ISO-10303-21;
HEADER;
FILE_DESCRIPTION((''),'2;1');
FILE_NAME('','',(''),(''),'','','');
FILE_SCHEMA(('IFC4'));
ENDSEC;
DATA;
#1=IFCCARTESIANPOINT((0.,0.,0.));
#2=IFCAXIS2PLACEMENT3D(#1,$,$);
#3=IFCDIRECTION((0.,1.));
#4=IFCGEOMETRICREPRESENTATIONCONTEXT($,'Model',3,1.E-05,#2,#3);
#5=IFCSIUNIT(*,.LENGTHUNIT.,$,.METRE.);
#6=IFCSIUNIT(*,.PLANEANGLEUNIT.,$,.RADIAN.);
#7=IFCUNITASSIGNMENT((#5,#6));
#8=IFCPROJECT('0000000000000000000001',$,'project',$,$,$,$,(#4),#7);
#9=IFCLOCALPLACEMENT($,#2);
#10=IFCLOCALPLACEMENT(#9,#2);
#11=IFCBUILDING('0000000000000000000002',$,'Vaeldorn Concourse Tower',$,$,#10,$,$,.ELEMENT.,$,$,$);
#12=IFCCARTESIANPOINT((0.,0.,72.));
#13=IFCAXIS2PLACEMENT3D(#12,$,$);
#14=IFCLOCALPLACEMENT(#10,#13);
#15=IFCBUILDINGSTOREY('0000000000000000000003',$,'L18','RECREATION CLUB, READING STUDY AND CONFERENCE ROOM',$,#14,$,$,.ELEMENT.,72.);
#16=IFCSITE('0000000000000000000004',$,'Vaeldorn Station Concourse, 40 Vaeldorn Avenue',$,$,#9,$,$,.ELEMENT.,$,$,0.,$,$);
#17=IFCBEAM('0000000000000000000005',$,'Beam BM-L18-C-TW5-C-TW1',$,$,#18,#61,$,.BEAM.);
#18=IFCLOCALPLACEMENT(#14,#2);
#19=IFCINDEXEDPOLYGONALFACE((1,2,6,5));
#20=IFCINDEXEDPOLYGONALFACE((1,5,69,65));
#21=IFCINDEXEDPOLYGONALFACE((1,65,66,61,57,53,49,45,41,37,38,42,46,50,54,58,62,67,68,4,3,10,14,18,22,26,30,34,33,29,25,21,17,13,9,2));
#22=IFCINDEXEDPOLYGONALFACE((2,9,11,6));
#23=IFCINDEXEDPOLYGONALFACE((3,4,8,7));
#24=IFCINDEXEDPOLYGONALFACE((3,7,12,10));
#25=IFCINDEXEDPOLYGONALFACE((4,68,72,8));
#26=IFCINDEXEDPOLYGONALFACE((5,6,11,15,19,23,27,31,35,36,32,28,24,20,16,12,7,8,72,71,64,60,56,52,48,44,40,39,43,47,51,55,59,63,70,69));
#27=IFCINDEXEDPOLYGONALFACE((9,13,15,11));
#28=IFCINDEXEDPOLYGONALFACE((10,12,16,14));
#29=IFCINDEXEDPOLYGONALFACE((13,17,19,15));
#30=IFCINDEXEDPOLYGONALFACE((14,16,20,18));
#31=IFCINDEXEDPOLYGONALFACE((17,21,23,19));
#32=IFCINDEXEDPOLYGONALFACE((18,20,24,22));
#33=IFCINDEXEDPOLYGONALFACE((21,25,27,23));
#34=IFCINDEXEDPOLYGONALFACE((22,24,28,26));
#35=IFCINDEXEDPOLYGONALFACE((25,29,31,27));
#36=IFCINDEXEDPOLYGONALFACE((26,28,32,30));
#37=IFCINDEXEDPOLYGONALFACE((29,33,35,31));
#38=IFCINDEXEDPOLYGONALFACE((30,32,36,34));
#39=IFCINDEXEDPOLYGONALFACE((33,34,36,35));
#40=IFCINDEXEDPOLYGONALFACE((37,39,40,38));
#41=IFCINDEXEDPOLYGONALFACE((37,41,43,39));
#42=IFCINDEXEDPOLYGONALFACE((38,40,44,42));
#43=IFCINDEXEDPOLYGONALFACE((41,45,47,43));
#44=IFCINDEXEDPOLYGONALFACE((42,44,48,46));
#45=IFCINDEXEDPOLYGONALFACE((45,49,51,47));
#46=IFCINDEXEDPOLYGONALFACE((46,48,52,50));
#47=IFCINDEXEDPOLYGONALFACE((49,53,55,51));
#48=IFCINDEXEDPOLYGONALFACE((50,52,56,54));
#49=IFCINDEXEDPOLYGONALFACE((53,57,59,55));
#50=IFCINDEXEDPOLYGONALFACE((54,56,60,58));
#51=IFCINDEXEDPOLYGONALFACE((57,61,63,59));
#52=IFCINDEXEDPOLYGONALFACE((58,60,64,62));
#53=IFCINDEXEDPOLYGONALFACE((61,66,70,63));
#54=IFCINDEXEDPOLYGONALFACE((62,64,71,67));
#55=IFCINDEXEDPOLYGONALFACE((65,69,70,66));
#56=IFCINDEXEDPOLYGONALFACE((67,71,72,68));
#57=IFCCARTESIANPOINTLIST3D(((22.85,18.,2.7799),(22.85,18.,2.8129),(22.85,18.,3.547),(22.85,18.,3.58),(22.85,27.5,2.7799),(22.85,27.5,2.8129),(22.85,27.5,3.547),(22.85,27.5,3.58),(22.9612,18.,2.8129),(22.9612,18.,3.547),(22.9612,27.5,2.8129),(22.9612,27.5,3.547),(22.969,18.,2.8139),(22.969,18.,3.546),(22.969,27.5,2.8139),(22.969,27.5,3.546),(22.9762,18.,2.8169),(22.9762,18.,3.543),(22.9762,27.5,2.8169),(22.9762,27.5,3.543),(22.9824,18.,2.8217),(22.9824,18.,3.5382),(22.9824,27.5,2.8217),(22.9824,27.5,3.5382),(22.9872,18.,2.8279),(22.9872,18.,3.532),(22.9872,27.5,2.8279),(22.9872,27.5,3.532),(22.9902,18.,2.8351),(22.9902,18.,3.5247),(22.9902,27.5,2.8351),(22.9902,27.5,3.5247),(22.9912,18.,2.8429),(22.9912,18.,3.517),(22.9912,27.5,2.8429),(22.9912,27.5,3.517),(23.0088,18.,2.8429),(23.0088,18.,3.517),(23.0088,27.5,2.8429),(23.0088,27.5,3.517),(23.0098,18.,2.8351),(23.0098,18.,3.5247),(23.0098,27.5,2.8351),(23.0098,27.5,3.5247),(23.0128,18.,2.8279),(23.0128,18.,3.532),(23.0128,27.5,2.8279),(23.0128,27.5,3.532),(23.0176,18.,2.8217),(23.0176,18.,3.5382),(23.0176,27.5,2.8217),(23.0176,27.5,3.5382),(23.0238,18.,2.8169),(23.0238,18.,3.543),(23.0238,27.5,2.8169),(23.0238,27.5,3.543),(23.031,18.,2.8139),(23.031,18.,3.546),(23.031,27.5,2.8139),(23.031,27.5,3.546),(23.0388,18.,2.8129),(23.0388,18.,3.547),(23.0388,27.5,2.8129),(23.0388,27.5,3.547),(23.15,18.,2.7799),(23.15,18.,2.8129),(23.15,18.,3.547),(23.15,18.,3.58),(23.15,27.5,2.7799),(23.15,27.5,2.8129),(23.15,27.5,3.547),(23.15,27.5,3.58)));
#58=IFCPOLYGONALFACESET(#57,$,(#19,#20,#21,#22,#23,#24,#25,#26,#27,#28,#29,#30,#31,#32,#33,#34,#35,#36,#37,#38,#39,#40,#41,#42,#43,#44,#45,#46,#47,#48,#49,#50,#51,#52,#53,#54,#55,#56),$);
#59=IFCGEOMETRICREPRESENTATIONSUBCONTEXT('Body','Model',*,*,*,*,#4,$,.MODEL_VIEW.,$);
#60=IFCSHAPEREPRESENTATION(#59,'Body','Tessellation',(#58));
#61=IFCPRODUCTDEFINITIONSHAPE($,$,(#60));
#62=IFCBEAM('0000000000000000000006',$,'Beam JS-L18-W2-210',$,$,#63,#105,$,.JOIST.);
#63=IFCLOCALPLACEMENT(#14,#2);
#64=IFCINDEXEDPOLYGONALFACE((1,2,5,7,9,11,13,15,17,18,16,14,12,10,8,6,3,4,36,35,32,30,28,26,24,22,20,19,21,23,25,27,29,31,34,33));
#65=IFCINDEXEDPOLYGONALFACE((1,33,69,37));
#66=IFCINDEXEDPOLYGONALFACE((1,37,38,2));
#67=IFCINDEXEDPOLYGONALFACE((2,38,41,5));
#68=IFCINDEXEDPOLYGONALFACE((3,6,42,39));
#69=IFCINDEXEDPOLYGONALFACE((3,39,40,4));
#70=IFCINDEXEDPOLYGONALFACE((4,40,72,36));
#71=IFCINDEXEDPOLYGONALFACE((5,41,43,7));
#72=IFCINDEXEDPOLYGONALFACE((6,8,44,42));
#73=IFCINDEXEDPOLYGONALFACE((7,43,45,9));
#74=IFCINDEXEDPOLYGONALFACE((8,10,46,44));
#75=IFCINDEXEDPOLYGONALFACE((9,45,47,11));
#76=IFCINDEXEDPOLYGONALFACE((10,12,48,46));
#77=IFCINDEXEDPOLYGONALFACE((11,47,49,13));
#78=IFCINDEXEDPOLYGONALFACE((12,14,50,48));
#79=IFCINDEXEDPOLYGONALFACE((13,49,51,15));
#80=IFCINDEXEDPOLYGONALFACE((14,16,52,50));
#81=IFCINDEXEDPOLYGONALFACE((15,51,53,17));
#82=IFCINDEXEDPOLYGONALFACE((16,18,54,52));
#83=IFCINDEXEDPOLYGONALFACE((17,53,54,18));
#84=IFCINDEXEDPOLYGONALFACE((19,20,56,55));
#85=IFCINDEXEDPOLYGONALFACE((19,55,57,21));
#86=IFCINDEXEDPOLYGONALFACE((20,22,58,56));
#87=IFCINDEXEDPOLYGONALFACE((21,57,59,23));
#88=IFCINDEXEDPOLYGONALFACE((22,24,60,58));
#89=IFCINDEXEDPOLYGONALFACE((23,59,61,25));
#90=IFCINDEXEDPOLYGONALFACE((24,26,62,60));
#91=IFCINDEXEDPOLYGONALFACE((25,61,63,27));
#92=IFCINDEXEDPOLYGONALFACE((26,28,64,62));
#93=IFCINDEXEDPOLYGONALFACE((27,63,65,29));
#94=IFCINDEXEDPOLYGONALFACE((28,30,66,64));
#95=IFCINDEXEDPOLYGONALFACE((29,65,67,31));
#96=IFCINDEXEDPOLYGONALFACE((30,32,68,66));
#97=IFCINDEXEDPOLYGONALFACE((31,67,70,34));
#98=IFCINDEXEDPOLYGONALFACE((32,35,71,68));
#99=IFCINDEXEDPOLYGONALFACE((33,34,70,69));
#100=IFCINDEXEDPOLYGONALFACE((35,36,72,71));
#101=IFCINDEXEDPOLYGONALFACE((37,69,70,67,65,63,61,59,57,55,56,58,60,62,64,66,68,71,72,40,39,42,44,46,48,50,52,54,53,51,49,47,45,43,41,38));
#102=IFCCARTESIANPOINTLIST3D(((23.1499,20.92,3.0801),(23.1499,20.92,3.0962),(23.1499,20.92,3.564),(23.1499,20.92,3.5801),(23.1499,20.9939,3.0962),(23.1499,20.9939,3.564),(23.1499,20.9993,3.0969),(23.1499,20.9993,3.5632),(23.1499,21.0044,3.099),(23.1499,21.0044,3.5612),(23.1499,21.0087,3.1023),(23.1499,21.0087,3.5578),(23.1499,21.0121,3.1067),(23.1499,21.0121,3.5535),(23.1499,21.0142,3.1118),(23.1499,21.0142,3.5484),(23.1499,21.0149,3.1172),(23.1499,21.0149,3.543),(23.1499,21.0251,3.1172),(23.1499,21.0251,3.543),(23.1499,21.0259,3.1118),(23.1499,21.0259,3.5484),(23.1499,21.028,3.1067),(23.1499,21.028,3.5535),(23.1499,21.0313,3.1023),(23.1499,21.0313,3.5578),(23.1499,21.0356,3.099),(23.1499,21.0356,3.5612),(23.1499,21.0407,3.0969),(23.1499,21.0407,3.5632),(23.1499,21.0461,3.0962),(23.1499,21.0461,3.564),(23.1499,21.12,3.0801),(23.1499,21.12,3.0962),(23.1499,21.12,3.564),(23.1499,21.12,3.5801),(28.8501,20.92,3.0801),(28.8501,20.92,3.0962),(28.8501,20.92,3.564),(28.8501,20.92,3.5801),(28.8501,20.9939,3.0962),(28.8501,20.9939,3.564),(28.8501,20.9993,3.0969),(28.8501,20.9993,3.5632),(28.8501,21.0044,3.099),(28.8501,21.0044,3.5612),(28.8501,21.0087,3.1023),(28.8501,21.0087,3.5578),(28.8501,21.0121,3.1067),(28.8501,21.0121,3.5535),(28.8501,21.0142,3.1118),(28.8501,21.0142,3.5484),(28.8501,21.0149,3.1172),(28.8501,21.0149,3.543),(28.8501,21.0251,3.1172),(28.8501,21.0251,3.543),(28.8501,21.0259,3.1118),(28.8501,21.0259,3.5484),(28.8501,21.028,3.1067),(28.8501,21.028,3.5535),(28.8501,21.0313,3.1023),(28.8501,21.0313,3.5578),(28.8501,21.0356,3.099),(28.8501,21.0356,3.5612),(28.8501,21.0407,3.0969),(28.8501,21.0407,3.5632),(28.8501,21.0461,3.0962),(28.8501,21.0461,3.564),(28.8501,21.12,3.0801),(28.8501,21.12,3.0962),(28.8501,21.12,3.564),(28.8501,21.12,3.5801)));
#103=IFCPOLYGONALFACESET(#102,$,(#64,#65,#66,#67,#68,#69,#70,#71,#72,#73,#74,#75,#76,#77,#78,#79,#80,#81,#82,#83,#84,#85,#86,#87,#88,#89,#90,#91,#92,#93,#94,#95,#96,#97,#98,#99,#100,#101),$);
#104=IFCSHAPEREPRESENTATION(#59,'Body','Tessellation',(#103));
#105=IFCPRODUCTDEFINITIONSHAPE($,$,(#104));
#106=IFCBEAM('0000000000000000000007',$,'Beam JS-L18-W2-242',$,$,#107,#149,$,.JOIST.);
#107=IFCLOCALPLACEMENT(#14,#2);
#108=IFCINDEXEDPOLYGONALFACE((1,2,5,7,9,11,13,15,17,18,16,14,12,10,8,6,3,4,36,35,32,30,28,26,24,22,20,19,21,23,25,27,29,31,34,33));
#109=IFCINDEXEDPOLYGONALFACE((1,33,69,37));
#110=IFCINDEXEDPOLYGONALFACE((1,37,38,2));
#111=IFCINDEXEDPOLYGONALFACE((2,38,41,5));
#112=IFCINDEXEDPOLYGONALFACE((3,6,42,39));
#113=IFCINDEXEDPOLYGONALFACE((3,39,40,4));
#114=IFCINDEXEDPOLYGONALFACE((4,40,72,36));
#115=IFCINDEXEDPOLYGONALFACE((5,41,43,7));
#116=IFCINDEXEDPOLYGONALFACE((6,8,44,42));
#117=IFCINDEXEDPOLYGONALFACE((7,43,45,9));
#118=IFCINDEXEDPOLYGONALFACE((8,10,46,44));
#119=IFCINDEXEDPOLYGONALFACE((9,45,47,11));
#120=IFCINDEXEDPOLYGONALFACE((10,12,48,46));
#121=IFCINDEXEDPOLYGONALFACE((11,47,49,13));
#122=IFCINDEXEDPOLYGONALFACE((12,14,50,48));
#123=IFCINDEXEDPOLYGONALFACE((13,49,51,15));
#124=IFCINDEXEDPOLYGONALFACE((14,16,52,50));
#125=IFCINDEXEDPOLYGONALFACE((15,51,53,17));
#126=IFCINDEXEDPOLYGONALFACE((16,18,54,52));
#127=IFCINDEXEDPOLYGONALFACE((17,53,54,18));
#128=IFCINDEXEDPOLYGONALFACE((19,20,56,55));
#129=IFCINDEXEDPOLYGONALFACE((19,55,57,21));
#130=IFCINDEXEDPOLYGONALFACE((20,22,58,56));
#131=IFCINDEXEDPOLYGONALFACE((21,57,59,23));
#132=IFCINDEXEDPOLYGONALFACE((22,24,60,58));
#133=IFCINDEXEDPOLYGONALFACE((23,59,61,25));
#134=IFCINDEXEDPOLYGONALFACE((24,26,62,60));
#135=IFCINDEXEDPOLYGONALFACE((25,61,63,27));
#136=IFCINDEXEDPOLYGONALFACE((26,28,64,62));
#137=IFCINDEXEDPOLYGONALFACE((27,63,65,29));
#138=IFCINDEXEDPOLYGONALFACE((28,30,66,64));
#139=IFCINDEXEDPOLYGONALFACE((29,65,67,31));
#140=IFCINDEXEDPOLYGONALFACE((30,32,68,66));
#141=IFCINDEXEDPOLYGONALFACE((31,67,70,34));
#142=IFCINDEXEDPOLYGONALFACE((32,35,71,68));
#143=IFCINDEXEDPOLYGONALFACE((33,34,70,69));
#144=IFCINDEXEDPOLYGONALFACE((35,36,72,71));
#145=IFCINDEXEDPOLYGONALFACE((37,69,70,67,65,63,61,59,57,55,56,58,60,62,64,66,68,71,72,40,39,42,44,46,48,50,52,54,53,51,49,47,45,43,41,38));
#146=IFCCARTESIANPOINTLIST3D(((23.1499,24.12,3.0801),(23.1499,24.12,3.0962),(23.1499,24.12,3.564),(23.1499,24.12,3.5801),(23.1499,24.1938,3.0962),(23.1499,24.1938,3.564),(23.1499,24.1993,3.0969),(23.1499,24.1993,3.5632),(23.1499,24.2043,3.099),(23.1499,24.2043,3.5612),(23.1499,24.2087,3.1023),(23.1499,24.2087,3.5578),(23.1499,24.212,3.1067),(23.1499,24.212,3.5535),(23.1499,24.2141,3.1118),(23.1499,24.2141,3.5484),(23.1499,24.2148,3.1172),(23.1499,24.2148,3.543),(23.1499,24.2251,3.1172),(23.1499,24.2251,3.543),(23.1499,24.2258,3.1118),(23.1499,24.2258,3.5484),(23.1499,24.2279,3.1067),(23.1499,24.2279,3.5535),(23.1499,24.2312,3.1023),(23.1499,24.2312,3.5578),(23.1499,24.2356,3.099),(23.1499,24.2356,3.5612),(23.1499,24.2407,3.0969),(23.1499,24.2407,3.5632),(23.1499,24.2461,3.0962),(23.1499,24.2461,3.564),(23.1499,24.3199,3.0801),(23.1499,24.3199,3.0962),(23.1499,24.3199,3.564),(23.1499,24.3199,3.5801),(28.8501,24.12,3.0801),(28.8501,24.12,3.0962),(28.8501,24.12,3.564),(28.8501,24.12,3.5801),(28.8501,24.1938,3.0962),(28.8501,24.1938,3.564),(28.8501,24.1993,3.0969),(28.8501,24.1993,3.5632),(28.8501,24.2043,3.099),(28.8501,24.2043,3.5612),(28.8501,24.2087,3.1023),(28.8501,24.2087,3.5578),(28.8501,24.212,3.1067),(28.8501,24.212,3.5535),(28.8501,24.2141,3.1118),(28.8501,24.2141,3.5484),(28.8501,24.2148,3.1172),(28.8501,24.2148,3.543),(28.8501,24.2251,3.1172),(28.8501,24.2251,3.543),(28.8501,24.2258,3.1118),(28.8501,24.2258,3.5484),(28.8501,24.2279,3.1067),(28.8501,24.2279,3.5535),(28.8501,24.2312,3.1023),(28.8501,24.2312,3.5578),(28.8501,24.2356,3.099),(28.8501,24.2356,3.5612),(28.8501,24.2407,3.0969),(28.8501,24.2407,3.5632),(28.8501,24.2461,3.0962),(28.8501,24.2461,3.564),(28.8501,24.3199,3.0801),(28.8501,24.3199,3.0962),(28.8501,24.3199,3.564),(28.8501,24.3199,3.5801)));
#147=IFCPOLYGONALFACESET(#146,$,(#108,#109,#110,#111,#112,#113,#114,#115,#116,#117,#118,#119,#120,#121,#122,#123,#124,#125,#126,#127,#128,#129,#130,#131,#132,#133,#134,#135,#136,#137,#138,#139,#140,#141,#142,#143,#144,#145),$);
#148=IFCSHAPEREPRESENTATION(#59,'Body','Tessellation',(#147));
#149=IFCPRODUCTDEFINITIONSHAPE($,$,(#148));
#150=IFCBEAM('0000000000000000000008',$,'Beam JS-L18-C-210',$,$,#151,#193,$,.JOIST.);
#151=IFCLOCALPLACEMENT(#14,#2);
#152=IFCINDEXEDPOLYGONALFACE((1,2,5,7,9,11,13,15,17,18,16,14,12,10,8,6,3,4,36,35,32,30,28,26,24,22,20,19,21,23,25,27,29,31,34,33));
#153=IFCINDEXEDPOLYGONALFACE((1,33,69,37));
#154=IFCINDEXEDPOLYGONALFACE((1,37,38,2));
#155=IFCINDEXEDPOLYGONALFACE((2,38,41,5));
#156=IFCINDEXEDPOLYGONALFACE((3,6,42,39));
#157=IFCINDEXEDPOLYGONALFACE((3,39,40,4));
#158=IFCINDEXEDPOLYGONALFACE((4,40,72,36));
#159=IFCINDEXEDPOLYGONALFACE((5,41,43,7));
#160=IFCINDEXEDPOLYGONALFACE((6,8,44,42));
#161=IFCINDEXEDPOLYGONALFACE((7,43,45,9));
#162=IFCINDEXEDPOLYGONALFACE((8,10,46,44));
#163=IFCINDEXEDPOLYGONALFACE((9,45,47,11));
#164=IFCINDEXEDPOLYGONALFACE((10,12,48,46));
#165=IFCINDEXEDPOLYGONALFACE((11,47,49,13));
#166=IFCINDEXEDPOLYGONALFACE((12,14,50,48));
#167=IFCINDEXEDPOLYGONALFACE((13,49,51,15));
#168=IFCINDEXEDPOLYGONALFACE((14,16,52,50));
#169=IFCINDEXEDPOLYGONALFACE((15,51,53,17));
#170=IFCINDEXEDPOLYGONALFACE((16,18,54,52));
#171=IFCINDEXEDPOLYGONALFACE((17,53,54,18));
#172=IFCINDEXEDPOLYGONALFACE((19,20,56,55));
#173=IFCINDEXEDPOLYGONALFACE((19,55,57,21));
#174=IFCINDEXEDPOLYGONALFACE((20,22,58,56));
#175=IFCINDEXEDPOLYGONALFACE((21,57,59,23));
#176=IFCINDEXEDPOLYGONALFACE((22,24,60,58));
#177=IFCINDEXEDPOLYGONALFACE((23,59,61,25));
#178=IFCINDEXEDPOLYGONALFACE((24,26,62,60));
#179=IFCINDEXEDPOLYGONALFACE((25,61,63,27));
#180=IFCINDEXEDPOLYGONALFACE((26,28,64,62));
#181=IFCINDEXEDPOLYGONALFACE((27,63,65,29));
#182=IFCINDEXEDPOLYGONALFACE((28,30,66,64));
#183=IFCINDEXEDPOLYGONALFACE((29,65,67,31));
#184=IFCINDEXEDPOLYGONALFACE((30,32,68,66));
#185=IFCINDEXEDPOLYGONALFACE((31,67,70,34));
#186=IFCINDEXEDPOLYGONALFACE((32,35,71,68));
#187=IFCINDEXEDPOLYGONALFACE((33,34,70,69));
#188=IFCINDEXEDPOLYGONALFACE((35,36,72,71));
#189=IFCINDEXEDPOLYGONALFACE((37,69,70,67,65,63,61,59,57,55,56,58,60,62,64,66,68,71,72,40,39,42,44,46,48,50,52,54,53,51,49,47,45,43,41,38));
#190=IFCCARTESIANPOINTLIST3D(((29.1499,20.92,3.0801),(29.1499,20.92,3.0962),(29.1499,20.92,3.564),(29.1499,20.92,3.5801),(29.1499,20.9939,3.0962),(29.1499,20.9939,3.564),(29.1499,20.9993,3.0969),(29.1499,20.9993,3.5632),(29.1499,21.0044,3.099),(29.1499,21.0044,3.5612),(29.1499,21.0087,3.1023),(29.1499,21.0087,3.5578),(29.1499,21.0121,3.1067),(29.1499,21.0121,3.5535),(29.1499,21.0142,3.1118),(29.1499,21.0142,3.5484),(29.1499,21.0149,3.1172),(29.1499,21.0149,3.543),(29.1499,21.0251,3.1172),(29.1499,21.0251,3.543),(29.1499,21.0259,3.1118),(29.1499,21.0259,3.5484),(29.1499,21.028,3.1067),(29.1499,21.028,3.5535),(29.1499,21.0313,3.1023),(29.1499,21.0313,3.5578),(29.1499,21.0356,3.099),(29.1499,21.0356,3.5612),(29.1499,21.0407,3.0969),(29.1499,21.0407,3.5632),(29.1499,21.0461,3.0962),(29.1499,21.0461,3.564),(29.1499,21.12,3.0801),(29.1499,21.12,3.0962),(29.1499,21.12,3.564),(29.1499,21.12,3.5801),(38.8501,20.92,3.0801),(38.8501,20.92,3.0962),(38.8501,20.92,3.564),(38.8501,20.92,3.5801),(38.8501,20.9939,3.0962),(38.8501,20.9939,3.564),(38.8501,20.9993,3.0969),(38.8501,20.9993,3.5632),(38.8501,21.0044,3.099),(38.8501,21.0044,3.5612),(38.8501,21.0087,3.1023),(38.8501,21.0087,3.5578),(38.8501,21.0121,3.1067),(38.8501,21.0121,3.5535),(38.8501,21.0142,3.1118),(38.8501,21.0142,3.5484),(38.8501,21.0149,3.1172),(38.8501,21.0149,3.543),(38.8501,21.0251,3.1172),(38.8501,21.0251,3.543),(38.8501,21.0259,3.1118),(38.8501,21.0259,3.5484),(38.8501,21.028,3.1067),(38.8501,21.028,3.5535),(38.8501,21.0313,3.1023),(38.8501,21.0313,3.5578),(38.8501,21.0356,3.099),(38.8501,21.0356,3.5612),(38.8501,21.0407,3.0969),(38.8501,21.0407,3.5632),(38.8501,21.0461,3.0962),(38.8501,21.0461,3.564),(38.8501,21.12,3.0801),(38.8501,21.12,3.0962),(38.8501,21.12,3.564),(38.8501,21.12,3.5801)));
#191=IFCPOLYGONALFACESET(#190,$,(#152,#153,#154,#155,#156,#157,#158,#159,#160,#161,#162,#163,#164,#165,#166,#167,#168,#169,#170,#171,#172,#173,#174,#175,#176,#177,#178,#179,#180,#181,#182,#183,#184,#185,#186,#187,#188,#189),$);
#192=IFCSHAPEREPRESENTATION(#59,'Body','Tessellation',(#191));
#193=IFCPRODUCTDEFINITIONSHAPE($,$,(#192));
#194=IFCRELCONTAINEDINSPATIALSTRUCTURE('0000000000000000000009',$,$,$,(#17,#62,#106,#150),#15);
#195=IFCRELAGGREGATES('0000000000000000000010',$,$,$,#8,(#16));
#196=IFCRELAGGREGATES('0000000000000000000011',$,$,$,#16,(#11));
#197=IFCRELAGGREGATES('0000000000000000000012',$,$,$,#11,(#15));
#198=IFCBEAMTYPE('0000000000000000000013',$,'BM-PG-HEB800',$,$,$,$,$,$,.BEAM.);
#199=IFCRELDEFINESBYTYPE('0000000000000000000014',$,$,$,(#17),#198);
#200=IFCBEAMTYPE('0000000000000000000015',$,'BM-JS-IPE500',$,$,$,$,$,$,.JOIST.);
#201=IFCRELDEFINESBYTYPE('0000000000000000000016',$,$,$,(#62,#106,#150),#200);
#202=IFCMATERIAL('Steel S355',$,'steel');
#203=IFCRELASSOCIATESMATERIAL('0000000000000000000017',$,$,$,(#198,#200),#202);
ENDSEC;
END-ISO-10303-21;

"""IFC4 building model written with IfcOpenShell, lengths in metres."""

from ifc_helpers import new_model, si_unit, direction, frame, origin, origin_2d, place, context, subcontext, project, spatial, i_section, extrude, source, transform, mapped, material, material_profile, profile_set, type_object, element, save


model = new_model("IFC4")

# Units and contexts
model_context = context("Model", 3, precision=1e-05, world=origin(), true_north=direction((0.0, 1.0)))
body_context = subcontext(model_context, "Body", "Model", "MODEL_VIEW")
ifc_project = project(units=[si_unit("LENGTHUNIT", "METRE"), si_unit("PLANEANGLEUNIT", "RADIAN")], contexts=[model_context])

# Site, building, storey
site_placement = place(None, origin())
site = spatial("IfcSite", under=ifc_project, at=site_placement, Name="Vaeldorn Station Concourse, 40 Vaeldorn Avenue", CompositionType="ELEMENT", RefElevation=0.0)
building_placement = place(site_placement, origin())
building = spatial("IfcBuilding", under=site, at=building_placement, Name="Vaeldorn Concourse Tower", CompositionType="ELEMENT")
storey_placement = place(building_placement, frame((0.0, 0.0, 72.0)))
storey = spatial("IfcBuildingStorey", under=building, at=storey_placement, Name="L18", Description="RECREATION CLUB, READING STUDY AND CONFERENCE ROOM", CompositionType="ELEMENT", Elevation=72.0)

# Beams
ifc_material_1 = material(Name="Steel S355", Category="steel")
ifc_material_profile_1 = material_profile(ifc_material_1, i_section(OverallWidth=0.3, OverallDepth=0.8, WebThickness=0.0176, FlangeThickness=0.033, FilletRadius=0.03, at=origin_2d()), Name="HEB 800")
ifc_profile_set_1 = profile_set([ifc_material_profile_1], Name="Steel S355")
beam_type_1 = type_object("IfcBeamType", Name="BM-PG-HEB800", PredefinedType="BEAM", material=ifc_profile_set_1)
shared_shape_1 = source(origin(), body_context, "Body", "SweptSolid", [
    extrude(i_section(OverallWidth=0.3, OverallDepth=0.8, WebThickness=0.0176, FlangeThickness=0.033, FilletRadius=0.03, at=origin_2d()), origin(), (0.0, 0.0, 1.0), 9.5),
])
beam_1_placement = place(storey_placement, frame((23.0, 18.0, 3.1799), z_axis=(0.0, 1.0, 0.0), x_axis=(-1.0, 0.0, 0.0)))
element("IfcBeam", 1, at=beam_1_placement, inside=storey, type_object=beam_type_1, Name="Beam BM-L18-C-TW5-C-TW1", PredefinedType="BEAM", context=body_context, shape_type="MappedRepresentation", body=[
    mapped(shared_shape_1, transform((0.0, 0.0, 0.0), scale=1.0)),
])
ifc_material_profile_2 = material_profile(ifc_material_1, i_section(OverallWidth=0.2, OverallDepth=0.5, WebThickness=0.0103, FlangeThickness=0.0161, FilletRadius=0.021, at=origin_2d()), Name="IPE 500")
ifc_profile_set_2 = profile_set([ifc_material_profile_2], Name="Steel S355")
beam_type_2 = type_object("IfcBeamType", Name="BM-JS-IPE500", PredefinedType="JOIST", material=ifc_profile_set_2)
shared_shape_2 = source(origin(), body_context, "Body", "SweptSolid", [
    extrude(i_section(OverallWidth=0.2, OverallDepth=0.5, WebThickness=0.0103, FlangeThickness=0.0161, FilletRadius=0.021, at=origin_2d()), origin(), (0.0, 0.0, 1.0), 5.7002),
])
for number, where, z_axis, x_axis, name in (
    (2, (23.1499, 21.02, 3.3301), (1.0, 0.0, 0.0), (0.0, 1.0, 0.0), "Beam JS-L18-W2-210"),
    (3, (23.1499, 24.22, 3.3301), (1.0, 0.0, 0.0), (0.0, 1.0, 0.0), "Beam JS-L18-W2-242"),
):
    element("IfcBeam", number, at=place(storey_placement, frame(where, z_axis=z_axis, x_axis=x_axis)), inside=storey, type_object=beam_type_2, Name=name, PredefinedType="JOIST", context=body_context, shape_type="MappedRepresentation", body=[
        mapped(shared_shape_2, transform((0.0, 0.0, 0.0), scale=1.0)),
    ])
shared_shape_3 = source(origin(), body_context, "Body", "SweptSolid", [
    extrude(i_section(OverallWidth=0.2, OverallDepth=0.5, WebThickness=0.0103, FlangeThickness=0.0161, FilletRadius=0.021, at=origin_2d()), origin(), (0.0, 0.0, 1.0), 9.7002),
])
beam_2_placement = place(storey_placement, frame((29.1499, 21.02, 3.3301), z_axis=(1.0, 0.0, 0.0), x_axis=(0.0, 1.0, 0.0)))
element("IfcBeam", 4, at=beam_2_placement, inside=storey, type_object=beam_type_2, Name="Beam JS-L18-C-210", PredefinedType="JOIST", context=body_context, shape_type="MappedRepresentation", body=[
    mapped(shared_shape_3, transform((0.0, 0.0, 0.0), scale=1.0)),
])

save(model, "model.ifc")
